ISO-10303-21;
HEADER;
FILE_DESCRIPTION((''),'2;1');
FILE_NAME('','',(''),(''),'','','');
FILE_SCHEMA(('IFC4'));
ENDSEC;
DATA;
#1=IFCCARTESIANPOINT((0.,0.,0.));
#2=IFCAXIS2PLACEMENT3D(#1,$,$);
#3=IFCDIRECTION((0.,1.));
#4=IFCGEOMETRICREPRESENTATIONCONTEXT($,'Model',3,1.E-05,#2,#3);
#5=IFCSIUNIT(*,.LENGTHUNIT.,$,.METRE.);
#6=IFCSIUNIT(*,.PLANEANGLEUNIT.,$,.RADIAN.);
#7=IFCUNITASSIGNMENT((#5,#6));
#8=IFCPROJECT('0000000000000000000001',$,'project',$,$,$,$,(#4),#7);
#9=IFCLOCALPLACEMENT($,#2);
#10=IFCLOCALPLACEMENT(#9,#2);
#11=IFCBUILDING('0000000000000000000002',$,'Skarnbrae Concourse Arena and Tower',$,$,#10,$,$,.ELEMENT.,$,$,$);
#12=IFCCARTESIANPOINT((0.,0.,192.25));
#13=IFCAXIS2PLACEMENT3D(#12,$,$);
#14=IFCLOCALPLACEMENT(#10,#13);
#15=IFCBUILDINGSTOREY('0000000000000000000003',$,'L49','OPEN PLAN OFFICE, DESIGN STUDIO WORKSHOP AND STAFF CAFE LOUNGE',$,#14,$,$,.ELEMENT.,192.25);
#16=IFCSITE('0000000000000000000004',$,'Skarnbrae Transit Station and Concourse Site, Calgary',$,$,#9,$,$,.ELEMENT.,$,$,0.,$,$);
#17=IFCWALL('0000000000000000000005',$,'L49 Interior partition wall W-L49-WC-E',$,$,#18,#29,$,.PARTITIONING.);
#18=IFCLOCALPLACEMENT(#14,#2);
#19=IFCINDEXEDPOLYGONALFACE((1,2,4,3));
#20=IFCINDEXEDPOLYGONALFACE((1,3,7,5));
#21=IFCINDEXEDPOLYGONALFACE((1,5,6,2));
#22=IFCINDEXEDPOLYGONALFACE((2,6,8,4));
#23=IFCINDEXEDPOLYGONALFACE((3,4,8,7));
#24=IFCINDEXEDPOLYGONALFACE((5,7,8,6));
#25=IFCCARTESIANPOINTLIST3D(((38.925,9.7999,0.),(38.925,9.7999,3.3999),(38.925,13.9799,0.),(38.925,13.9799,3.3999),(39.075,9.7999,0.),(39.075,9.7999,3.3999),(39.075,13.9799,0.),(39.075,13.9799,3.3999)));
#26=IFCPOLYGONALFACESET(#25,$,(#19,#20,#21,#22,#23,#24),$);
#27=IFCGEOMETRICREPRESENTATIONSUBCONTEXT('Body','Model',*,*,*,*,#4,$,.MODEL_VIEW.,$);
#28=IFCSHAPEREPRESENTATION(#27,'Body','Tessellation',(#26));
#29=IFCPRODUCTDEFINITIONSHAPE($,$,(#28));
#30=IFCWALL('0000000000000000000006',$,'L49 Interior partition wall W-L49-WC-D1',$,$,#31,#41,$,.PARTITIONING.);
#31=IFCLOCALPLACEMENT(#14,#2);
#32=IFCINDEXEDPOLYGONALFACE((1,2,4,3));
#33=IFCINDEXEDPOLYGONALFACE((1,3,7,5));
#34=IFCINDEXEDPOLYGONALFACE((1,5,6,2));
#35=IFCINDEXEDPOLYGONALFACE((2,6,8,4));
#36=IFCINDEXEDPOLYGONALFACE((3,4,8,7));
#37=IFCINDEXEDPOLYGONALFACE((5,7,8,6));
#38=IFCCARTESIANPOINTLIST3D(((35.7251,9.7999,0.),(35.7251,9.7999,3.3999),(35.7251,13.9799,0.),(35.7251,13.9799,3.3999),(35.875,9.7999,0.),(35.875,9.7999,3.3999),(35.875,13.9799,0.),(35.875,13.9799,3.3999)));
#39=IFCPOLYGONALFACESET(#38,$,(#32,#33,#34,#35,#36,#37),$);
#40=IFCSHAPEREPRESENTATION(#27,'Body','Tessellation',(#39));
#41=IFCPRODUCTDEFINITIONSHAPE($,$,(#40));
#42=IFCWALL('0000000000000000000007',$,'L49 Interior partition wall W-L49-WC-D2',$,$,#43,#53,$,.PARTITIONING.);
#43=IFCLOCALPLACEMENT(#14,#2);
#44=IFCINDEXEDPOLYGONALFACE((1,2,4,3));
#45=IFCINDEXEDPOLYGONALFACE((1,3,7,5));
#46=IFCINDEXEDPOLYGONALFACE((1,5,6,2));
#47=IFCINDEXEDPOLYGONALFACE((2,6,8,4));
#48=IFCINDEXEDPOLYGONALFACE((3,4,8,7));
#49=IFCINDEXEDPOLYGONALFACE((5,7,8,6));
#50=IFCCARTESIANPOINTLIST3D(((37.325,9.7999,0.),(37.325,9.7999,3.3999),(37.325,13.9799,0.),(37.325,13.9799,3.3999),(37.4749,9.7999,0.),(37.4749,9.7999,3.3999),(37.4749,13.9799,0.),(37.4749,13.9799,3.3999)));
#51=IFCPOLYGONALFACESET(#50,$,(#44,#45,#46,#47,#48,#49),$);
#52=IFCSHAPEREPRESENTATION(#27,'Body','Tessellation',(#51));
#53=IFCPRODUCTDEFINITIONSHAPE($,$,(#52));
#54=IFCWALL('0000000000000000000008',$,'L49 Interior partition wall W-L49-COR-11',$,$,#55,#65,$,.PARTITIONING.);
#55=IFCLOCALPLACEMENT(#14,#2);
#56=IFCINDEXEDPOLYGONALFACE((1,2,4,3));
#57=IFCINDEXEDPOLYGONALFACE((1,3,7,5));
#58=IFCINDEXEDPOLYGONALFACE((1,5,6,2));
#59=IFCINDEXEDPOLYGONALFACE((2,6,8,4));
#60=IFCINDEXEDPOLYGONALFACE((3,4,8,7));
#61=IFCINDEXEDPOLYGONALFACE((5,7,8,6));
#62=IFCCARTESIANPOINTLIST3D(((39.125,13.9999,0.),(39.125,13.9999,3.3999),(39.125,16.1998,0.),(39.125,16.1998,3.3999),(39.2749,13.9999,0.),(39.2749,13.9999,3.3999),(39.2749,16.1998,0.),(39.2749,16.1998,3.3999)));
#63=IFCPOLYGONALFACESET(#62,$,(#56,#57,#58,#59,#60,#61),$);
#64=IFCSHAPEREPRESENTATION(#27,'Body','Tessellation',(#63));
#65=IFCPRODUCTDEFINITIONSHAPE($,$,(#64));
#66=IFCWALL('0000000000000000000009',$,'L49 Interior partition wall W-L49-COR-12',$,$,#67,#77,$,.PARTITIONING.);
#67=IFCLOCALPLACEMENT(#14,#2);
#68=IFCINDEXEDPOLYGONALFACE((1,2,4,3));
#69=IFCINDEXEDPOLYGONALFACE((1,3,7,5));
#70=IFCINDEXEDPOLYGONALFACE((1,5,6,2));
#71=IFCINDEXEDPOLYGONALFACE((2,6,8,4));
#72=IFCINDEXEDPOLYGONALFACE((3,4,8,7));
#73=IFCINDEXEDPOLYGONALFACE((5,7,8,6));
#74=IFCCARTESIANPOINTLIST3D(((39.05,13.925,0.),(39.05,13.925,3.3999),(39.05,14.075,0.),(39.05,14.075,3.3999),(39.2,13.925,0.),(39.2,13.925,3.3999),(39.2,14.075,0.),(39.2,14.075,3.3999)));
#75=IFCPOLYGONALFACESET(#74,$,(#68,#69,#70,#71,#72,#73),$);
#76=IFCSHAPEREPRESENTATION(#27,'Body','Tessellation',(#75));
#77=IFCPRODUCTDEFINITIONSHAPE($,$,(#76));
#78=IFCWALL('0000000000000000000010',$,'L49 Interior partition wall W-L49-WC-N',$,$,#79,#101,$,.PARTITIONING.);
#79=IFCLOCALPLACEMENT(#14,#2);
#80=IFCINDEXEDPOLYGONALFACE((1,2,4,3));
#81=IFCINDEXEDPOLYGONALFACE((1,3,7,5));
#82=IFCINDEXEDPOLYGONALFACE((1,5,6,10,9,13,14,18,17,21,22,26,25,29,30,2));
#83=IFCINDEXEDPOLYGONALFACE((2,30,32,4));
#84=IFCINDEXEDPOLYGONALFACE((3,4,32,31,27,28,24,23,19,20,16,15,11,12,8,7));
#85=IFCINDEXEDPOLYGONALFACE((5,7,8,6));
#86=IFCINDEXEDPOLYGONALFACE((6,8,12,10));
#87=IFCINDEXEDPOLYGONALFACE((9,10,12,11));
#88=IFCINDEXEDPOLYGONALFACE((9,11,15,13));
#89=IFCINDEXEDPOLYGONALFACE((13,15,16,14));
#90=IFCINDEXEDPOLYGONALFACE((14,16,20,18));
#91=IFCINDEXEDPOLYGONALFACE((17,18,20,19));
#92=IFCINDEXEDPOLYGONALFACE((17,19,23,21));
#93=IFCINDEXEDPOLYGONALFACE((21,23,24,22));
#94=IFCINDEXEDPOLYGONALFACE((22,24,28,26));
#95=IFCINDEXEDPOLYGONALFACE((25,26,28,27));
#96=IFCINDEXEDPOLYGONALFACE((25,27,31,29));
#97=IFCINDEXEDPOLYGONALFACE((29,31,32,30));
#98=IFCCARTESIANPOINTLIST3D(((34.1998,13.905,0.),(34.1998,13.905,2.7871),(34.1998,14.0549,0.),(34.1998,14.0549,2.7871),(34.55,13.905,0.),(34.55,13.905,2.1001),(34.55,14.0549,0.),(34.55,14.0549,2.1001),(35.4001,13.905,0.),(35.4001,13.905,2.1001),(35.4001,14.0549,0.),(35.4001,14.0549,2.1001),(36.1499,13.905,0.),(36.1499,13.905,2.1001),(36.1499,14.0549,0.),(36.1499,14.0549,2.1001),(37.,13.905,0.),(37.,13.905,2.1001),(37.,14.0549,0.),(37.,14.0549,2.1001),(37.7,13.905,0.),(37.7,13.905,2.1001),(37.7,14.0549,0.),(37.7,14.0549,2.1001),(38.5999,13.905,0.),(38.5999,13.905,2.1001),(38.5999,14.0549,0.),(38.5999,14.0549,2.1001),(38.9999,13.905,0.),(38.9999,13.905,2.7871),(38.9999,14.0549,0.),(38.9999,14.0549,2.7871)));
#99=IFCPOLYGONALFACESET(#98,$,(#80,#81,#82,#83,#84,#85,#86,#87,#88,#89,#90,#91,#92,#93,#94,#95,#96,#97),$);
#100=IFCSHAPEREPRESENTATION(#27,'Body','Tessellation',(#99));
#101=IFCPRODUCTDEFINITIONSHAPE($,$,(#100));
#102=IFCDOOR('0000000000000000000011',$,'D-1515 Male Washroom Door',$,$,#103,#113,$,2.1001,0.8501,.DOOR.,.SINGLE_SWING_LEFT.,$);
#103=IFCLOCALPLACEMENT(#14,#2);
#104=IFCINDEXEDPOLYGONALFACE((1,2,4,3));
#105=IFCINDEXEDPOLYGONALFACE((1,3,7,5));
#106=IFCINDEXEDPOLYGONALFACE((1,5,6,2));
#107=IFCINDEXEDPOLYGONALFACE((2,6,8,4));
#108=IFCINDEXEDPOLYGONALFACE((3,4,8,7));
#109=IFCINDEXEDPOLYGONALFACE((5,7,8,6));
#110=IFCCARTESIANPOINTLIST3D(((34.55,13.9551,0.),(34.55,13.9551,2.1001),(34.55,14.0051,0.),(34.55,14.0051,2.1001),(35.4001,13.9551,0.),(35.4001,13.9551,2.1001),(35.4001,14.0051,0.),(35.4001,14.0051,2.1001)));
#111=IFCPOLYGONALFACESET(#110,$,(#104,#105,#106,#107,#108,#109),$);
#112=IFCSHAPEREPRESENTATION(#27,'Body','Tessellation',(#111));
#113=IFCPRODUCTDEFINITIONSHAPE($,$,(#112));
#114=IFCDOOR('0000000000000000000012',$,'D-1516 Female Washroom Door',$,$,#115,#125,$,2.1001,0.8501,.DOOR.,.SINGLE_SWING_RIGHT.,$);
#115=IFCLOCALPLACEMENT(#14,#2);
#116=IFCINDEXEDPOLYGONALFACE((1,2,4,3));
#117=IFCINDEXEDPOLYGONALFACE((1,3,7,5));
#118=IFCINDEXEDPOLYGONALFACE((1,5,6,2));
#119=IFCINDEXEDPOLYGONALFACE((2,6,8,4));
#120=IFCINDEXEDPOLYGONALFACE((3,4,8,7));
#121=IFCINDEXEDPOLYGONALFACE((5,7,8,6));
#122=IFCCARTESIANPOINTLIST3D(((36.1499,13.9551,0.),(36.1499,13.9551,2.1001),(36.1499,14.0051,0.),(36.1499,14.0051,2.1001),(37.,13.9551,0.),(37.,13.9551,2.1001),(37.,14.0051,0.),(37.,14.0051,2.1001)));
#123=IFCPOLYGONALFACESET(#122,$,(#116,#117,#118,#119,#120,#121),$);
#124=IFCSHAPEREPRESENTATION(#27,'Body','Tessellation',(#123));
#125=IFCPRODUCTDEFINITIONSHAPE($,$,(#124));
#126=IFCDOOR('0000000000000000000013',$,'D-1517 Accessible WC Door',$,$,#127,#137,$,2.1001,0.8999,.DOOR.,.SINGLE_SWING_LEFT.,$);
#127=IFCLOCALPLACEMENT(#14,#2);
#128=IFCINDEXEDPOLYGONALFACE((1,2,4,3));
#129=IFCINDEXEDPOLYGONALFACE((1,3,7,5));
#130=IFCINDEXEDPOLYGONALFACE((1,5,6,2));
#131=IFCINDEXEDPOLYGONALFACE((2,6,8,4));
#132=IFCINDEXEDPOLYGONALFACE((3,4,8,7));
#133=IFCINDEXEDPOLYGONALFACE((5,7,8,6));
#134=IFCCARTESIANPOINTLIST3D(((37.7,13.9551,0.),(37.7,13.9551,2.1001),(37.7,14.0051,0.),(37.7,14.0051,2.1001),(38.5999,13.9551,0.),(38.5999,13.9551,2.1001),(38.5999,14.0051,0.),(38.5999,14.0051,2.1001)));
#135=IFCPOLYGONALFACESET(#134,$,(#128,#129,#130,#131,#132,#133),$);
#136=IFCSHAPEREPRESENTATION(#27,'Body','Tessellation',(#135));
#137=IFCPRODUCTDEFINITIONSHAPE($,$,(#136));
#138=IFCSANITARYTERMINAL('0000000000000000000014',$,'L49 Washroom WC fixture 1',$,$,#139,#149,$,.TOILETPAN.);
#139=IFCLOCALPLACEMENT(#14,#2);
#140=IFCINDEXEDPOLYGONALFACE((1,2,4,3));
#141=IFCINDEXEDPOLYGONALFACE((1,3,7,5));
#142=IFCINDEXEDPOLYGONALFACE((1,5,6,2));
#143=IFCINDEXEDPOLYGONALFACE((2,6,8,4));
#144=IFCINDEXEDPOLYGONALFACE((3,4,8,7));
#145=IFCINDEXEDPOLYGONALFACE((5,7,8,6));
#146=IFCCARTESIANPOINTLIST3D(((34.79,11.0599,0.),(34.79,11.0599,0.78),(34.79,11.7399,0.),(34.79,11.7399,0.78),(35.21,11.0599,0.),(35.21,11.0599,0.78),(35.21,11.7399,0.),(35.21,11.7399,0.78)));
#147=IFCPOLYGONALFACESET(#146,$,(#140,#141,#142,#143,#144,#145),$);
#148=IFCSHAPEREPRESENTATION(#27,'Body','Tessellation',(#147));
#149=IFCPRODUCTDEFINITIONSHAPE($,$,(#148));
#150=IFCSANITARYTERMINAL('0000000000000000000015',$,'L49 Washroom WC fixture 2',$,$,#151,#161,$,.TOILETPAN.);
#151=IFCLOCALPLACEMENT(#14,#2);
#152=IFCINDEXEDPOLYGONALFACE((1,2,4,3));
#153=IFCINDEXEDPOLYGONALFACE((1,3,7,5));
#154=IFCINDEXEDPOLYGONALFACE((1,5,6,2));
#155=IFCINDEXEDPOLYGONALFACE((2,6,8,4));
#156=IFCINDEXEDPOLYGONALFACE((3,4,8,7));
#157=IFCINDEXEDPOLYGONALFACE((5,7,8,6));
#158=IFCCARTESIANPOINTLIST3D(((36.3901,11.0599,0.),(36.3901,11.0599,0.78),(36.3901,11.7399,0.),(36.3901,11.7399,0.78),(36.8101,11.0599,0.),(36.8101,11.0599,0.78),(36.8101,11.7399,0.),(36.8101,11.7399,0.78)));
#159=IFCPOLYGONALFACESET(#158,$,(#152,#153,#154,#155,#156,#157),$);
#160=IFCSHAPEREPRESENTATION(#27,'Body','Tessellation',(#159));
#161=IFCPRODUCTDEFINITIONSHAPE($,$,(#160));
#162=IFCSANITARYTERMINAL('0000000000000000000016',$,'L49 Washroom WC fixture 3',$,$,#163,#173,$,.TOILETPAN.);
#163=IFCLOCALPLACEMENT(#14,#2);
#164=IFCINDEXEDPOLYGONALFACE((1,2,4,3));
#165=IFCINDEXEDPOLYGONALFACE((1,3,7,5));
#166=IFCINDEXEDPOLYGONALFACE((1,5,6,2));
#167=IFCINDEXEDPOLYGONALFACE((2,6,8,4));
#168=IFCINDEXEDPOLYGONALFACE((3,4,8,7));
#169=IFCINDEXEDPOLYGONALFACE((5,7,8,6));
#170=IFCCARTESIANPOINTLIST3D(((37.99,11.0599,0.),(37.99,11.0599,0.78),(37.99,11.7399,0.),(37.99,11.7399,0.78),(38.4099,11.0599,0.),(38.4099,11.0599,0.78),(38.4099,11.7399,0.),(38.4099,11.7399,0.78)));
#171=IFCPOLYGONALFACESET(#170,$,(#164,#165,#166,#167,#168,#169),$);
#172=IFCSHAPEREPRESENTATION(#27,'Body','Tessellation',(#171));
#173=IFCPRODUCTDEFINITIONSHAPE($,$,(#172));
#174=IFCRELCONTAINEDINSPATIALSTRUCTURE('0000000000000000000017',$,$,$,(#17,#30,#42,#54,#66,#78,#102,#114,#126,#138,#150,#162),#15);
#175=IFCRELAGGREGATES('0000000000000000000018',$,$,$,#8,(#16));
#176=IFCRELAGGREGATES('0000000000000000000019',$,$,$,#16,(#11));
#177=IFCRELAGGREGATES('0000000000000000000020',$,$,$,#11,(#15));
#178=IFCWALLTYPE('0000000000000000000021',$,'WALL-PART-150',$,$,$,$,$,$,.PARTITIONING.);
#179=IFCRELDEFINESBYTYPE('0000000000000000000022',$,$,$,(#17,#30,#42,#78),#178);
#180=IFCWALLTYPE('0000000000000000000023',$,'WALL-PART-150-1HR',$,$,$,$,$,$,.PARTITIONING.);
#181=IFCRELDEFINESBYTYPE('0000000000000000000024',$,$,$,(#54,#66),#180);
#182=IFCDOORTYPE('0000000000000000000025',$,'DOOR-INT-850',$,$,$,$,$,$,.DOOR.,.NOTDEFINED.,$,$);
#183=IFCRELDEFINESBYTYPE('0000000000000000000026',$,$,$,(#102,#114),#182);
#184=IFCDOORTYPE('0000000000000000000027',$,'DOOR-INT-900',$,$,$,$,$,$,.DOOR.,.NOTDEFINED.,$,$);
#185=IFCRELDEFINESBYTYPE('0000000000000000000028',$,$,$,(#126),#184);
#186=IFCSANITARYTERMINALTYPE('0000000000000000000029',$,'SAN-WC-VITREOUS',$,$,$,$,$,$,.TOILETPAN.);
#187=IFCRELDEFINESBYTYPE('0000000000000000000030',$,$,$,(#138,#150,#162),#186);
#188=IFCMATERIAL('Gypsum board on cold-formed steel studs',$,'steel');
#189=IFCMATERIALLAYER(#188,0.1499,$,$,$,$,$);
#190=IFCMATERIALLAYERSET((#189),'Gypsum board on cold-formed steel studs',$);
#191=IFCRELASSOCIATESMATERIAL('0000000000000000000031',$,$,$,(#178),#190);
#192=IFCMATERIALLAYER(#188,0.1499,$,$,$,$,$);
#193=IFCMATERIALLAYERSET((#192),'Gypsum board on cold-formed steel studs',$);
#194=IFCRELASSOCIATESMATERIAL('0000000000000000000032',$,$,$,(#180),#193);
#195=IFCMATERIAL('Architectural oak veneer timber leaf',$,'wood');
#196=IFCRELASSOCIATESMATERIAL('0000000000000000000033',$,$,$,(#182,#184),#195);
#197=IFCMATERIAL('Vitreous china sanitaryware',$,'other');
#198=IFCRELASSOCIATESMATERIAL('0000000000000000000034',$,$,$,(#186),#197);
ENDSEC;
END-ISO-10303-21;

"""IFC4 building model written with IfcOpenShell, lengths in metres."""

from ifc_helpers import new_model, si_unit, direction, frame, frame_2d, origin, origin_2d, place, context, subcontext, project, spatial, rectangle, extrude, source, transform, mapped, material, layer, layer_set, type_object, element, fill, save


model = new_model("IFC4")

# Units and contexts
model_context = context("Model", 3, precision=1e-05, world=origin(), true_north=direction((0.0, 1.0)))
body_context = subcontext(model_context, "Body", "Model", "MODEL_VIEW")
ifc_project = project(units=[si_unit("LENGTHUNIT", "METRE"), si_unit("PLANEANGLEUNIT", "RADIAN")], contexts=[model_context])

# Site, building, storey
site_placement = place(None, origin())
site = spatial("IfcSite", under=ifc_project, at=site_placement, Name="Skarnbrae Transit Station and Concourse Site, Calgary", CompositionType="ELEMENT", RefElevation=0.0)
building_placement = place(site_placement, origin())
building = spatial("IfcBuilding", under=site, at=building_placement, Name="Skarnbrae Concourse Arena and Tower", CompositionType="ELEMENT")
storey_placement = place(building_placement, frame((0.0, 0.0, 192.25)))
storey = spatial("IfcBuildingStorey", under=building, at=storey_placement, Name="L49", Description="OPEN PLAN OFFICE, DESIGN STUDIO WORKSHOP AND STAFF CAFE LOUNGE", CompositionType="ELEMENT", Elevation=192.25)

# Walls
ifc_material_1 = material(Name="Gypsum board on cold-formed steel studs", Category="steel")
ifc_layer_1 = layer(ifc_material_1, 0.1499)
ifc_layer_set_1 = layer_set([ifc_layer_1], Name="Gypsum board on cold-formed steel studs")
wall_type_1 = type_object("IfcWallType", Name="WALL-PART-150", PredefinedType="PARTITIONING", material=ifc_layer_set_1)
shared_shape_1 = source(origin(), body_context, "Body", "SweptSolid", [
    extrude(rectangle(XDim=4.1799, YDim=0.1499, at=frame_2d((2.0898, 0.0))), origin(), (0.0, 0.0, 1.0), 3.3999),
])
for number, where, z_axis, x_axis, name in (
    (1, (39.0, 9.8, 0.0), (0.0, 0.0, 1.0), (0.0, 1.0, 0.0), "L49 Interior partition wall W-L49-WC-E"),
    (2, (35.8, 9.8, 0.0), (0.0, 0.0, 1.0), (0.0, 1.0, 0.0), "L49 Interior partition wall W-L49-WC-D1"),
    (3, (37.3999, 9.8, 0.0), (0.0, 0.0, 1.0), (0.0, 1.0, 0.0), "L49 Interior partition wall W-L49-WC-D2"),
):
    element("IfcWall", number, at=place(storey_placement, frame(where, z_axis=z_axis, x_axis=x_axis)), inside=storey, type_object=wall_type_1, Name=name, PredefinedType="PARTITIONING", context=body_context, shape_type="MappedRepresentation", body=[
        mapped(shared_shape_1, transform((0.0, 0.0, 0.0))),
    ])
ifc_layer_2 = layer(ifc_material_1, 0.1499)
ifc_layer_set_2 = layer_set([ifc_layer_2], Name="Gypsum board on cold-formed steel studs")
wall_type_2 = type_object("IfcWallType", Name="WALL-PART-150-1HR", PredefinedType="PARTITIONING", material=ifc_layer_set_2)
shared_shape_2 = source(origin(), body_context, "Body", "SweptSolid", [
    extrude(rectangle(XDim=2.2, YDim=0.1499, at=frame_2d((1.1001, 0.0))), origin(), (0.0, 0.0, 1.0), 3.3999),
])
wall_1_placement = place(storey_placement, frame((39.2, 16.2, 0.0), z_axis=(0.0, 0.0, 1.0), x_axis=(0.0, -1.0, 0.0)))
element("IfcWall", 4, at=wall_1_placement, inside=storey, type_object=wall_type_2, Name="L49 Interior partition wall W-L49-COR-11", PredefinedType="PARTITIONING", context=body_context, shape_type="MappedRepresentation", body=[
    mapped(shared_shape_2, transform((0.0, 0.0, 0.0))),
])
shared_shape_3 = source(origin(), body_context, "Body", "SweptSolid", [
    extrude(rectangle(XDim=0.1499, YDim=0.1499, at=frame_2d((0.075, 0.0))), origin(), (0.0, 0.0, 1.0), 3.3999),
])
wall_2_placement = place(storey_placement, frame((39.2, 14.0, 0.0), z_axis=(0.0, 0.0, 1.0), x_axis=(-1.0, 0.0, 0.0)))
element("IfcWall", 5, at=wall_2_placement, inside=storey, type_object=wall_type_2, Name="L49 Interior partition wall W-L49-COR-12", PredefinedType="PARTITIONING", context=body_context, shape_type="MappedRepresentation", body=[
    mapped(shared_shape_3, transform((0.0, 0.0, 0.0))),
])

# Wall, openings, doors
shared_shape_4 = source(origin(), body_context, "Body", "SweptSolid", [
    extrude(rectangle(XDim=4.8, YDim=0.1499, at=frame_2d((2.3999, 0.0))), origin(), (0.0, 0.0, 1.0), 2.7871),
])
wall_3_placement = place(storey_placement, frame((34.2, 13.98, 0.0), z_axis=(0.0, 0.0, 1.0), x_axis=(1.0, 0.0, 0.0)))
wall_3 = element("IfcWall", 6, at=wall_3_placement, inside=storey, type_object=wall_type_1, Name="L49 Interior partition wall W-L49-WC-N", PredefinedType="PARTITIONING", context=body_context, shape_type="MappedRepresentation", body=[
    mapped(shared_shape_4, transform((0.0, 0.0, 0.0))),
])
opening_1_placement = place(wall_3_placement, frame((0.3501, 0.0, 0.0)))
opening_1 = element("IfcOpeningElement", 7, at=opening_1_placement, cuts=wall_3, PredefinedType="OPENING", context=body_context, shape_type="SweptSolid", body=[
    extrude(rectangle(XDim=0.8501, YDim=2.1001, at=frame_2d((0.425, 1.05))), frame((0.0, 0.085, 0.0), z_axis=(0.0, -1.0, 0.0), x_axis=(1.0, 0.0, 0.0)), (0.0, 0.0, 1.0), 0.1699),
])
opening_2_placement = place(wall_3_placement, frame((1.95, 0.0, 0.0)))
opening_2 = element("IfcOpeningElement", 8, at=opening_2_placement, cuts=wall_3, PredefinedType="OPENING", context=body_context, shape_type="SweptSolid", body=[
    extrude(rectangle(XDim=0.8501, YDim=2.1001, at=frame_2d((0.425, 1.05))), frame((0.0, 0.085, 0.0), z_axis=(0.0, -1.0, 0.0), x_axis=(1.0, 0.0, 0.0)), (0.0, 0.0, 1.0), 0.1699),
])
opening_3_placement = place(wall_3_placement, frame((3.5, 0.0, 0.0)))
opening_3 = element("IfcOpeningElement", 9, at=opening_3_placement, cuts=wall_3, PredefinedType="OPENING", context=body_context, shape_type="SweptSolid", body=[
    extrude(rectangle(XDim=0.8999, YDim=2.1001, at=frame_2d((0.45, 1.05))), frame((0.0, 0.085, 0.0), z_axis=(0.0, -1.0, 0.0), x_axis=(1.0, 0.0, 0.0)), (0.0, 0.0, 1.0), 0.1699),
])
ifc_material_2 = material(Name="Architectural oak veneer timber leaf", Category="wood")
door_type_1 = type_object("IfcDoorType", Name="DOOR-INT-850", OperationType="NOTDEFINED", PredefinedType="DOOR", material=ifc_material_2)
shared_shape_5 = source(origin(), body_context, "Body", "SweptSolid", [
    extrude(rectangle(XDim=0.8501, YDim=2.1001, at=frame_2d((0.425, 1.05))), frame((0.0, 0.0249, 0.0), z_axis=(0.0, -1.0, 0.0), x_axis=(1.0, 0.0, 0.0)), (0.0, 0.0, 1.0), 0.05),
])
door_1_placement = place(opening_1_placement, frame((0.8501, 0.0, 0.0), z_axis=(0.0, 0.0, 1.0), x_axis=(-1.0, 0.0, 0.0)))
door_1 = element("IfcDoor", 10, at=door_1_placement, inside=storey, type_object=door_type_1, Name="D-1515 Male Washroom Door", OperationType="SINGLE_SWING_LEFT", OverallHeight=2.1001, OverallWidth=0.8501, PredefinedType="DOOR", context=body_context, shape_type="MappedRepresentation", body=[
    mapped(shared_shape_5, transform((0.0, 0.0, 0.0))),
])
fill(opening_1, door_1)
door_2_placement = place(opening_2_placement, frame((0.8501, 0.0, 0.0), z_axis=(0.0, 0.0, 1.0), x_axis=(-1.0, 0.0, 0.0)))
door_2 = element("IfcDoor", 11, at=door_2_placement, inside=storey, type_object=door_type_1, Name="D-1516 Female Washroom Door", OperationType="SINGLE_SWING_RIGHT", OverallHeight=2.1001, OverallWidth=0.8501, PredefinedType="DOOR", context=body_context, shape_type="MappedRepresentation", body=[
    mapped(shared_shape_5, transform((0.0, 0.0, 0.0))),
])
fill(opening_2, door_2)
door_type_2 = type_object("IfcDoorType", Name="DOOR-INT-900", OperationType="NOTDEFINED", PredefinedType="DOOR", material=ifc_material_2)
shared_shape_6 = source(origin(), body_context, "Body", "SweptSolid", [
    extrude(rectangle(XDim=0.8999, YDim=2.1001, at=frame_2d((0.45, 1.05))), frame((0.0, 0.0249, 0.0), z_axis=(0.0, -1.0, 0.0), x_axis=(1.0, 0.0, 0.0)), (0.0, 0.0, 1.0), 0.05),
])
door_3_placement = place(opening_3_placement, frame((0.8999, 0.0, 0.0), z_axis=(0.0, 0.0, 1.0), x_axis=(-1.0, 0.0, 0.0)))
door_3 = element("IfcDoor", 12, at=door_3_placement, inside=storey, type_object=door_type_2, Name="D-1517 Accessible WC Door", OperationType="SINGLE_SWING_LEFT", OverallHeight=2.1001, OverallWidth=0.8999, PredefinedType="DOOR", context=body_context, shape_type="MappedRepresentation", body=[
    mapped(shared_shape_6, transform((0.0, 0.0, 0.0))),
])
fill(opening_3, door_3)

# Sanitary terminals
ifc_material_3 = material(Name="Vitreous china sanitaryware", Category="other")
sanitary_terminal_type = type_object("IfcSanitaryTerminalType", Name="SAN-WC-VITREOUS", PredefinedType="TOILETPAN", material=ifc_material_3)
shared_shape_7 = source(origin(), body_context, "Body", "SweptSolid", [
    extrude(rectangle(XDim=0.4199, YDim=0.6799, at=origin_2d()), origin(), (0.0, 0.0, 1.0), 0.78),
])
for number, where, z_axis, x_axis, name in (
    (13, (35.0, 11.3999, 0.0), (0.0, 0.0, 1.0), (1.0, 0.0, 0.0), "L49 Washroom WC fixture 1"),
    (14, (36.6001, 11.3999, 0.0), (0.0, 0.0, 1.0), (1.0, 0.0, 0.0), "L49 Washroom WC fixture 2"),
    (15, (38.2, 11.3999, 0.0), (0.0, 0.0, 1.0), (1.0, 0.0, 0.0), "L49 Washroom WC fixture 3"),
):
    element("IfcSanitaryTerminal", number, at=place(storey_placement, frame(where, z_axis=z_axis, x_axis=x_axis)), inside=storey, type_object=sanitary_terminal_type, Name=name, PredefinedType="TOILETPAN", context=body_context, shape_type="MappedRepresentation", body=[
        mapped(shared_shape_7, transform((0.0, 0.0, 0.0))),
    ])

save(model, "model.ifc")
